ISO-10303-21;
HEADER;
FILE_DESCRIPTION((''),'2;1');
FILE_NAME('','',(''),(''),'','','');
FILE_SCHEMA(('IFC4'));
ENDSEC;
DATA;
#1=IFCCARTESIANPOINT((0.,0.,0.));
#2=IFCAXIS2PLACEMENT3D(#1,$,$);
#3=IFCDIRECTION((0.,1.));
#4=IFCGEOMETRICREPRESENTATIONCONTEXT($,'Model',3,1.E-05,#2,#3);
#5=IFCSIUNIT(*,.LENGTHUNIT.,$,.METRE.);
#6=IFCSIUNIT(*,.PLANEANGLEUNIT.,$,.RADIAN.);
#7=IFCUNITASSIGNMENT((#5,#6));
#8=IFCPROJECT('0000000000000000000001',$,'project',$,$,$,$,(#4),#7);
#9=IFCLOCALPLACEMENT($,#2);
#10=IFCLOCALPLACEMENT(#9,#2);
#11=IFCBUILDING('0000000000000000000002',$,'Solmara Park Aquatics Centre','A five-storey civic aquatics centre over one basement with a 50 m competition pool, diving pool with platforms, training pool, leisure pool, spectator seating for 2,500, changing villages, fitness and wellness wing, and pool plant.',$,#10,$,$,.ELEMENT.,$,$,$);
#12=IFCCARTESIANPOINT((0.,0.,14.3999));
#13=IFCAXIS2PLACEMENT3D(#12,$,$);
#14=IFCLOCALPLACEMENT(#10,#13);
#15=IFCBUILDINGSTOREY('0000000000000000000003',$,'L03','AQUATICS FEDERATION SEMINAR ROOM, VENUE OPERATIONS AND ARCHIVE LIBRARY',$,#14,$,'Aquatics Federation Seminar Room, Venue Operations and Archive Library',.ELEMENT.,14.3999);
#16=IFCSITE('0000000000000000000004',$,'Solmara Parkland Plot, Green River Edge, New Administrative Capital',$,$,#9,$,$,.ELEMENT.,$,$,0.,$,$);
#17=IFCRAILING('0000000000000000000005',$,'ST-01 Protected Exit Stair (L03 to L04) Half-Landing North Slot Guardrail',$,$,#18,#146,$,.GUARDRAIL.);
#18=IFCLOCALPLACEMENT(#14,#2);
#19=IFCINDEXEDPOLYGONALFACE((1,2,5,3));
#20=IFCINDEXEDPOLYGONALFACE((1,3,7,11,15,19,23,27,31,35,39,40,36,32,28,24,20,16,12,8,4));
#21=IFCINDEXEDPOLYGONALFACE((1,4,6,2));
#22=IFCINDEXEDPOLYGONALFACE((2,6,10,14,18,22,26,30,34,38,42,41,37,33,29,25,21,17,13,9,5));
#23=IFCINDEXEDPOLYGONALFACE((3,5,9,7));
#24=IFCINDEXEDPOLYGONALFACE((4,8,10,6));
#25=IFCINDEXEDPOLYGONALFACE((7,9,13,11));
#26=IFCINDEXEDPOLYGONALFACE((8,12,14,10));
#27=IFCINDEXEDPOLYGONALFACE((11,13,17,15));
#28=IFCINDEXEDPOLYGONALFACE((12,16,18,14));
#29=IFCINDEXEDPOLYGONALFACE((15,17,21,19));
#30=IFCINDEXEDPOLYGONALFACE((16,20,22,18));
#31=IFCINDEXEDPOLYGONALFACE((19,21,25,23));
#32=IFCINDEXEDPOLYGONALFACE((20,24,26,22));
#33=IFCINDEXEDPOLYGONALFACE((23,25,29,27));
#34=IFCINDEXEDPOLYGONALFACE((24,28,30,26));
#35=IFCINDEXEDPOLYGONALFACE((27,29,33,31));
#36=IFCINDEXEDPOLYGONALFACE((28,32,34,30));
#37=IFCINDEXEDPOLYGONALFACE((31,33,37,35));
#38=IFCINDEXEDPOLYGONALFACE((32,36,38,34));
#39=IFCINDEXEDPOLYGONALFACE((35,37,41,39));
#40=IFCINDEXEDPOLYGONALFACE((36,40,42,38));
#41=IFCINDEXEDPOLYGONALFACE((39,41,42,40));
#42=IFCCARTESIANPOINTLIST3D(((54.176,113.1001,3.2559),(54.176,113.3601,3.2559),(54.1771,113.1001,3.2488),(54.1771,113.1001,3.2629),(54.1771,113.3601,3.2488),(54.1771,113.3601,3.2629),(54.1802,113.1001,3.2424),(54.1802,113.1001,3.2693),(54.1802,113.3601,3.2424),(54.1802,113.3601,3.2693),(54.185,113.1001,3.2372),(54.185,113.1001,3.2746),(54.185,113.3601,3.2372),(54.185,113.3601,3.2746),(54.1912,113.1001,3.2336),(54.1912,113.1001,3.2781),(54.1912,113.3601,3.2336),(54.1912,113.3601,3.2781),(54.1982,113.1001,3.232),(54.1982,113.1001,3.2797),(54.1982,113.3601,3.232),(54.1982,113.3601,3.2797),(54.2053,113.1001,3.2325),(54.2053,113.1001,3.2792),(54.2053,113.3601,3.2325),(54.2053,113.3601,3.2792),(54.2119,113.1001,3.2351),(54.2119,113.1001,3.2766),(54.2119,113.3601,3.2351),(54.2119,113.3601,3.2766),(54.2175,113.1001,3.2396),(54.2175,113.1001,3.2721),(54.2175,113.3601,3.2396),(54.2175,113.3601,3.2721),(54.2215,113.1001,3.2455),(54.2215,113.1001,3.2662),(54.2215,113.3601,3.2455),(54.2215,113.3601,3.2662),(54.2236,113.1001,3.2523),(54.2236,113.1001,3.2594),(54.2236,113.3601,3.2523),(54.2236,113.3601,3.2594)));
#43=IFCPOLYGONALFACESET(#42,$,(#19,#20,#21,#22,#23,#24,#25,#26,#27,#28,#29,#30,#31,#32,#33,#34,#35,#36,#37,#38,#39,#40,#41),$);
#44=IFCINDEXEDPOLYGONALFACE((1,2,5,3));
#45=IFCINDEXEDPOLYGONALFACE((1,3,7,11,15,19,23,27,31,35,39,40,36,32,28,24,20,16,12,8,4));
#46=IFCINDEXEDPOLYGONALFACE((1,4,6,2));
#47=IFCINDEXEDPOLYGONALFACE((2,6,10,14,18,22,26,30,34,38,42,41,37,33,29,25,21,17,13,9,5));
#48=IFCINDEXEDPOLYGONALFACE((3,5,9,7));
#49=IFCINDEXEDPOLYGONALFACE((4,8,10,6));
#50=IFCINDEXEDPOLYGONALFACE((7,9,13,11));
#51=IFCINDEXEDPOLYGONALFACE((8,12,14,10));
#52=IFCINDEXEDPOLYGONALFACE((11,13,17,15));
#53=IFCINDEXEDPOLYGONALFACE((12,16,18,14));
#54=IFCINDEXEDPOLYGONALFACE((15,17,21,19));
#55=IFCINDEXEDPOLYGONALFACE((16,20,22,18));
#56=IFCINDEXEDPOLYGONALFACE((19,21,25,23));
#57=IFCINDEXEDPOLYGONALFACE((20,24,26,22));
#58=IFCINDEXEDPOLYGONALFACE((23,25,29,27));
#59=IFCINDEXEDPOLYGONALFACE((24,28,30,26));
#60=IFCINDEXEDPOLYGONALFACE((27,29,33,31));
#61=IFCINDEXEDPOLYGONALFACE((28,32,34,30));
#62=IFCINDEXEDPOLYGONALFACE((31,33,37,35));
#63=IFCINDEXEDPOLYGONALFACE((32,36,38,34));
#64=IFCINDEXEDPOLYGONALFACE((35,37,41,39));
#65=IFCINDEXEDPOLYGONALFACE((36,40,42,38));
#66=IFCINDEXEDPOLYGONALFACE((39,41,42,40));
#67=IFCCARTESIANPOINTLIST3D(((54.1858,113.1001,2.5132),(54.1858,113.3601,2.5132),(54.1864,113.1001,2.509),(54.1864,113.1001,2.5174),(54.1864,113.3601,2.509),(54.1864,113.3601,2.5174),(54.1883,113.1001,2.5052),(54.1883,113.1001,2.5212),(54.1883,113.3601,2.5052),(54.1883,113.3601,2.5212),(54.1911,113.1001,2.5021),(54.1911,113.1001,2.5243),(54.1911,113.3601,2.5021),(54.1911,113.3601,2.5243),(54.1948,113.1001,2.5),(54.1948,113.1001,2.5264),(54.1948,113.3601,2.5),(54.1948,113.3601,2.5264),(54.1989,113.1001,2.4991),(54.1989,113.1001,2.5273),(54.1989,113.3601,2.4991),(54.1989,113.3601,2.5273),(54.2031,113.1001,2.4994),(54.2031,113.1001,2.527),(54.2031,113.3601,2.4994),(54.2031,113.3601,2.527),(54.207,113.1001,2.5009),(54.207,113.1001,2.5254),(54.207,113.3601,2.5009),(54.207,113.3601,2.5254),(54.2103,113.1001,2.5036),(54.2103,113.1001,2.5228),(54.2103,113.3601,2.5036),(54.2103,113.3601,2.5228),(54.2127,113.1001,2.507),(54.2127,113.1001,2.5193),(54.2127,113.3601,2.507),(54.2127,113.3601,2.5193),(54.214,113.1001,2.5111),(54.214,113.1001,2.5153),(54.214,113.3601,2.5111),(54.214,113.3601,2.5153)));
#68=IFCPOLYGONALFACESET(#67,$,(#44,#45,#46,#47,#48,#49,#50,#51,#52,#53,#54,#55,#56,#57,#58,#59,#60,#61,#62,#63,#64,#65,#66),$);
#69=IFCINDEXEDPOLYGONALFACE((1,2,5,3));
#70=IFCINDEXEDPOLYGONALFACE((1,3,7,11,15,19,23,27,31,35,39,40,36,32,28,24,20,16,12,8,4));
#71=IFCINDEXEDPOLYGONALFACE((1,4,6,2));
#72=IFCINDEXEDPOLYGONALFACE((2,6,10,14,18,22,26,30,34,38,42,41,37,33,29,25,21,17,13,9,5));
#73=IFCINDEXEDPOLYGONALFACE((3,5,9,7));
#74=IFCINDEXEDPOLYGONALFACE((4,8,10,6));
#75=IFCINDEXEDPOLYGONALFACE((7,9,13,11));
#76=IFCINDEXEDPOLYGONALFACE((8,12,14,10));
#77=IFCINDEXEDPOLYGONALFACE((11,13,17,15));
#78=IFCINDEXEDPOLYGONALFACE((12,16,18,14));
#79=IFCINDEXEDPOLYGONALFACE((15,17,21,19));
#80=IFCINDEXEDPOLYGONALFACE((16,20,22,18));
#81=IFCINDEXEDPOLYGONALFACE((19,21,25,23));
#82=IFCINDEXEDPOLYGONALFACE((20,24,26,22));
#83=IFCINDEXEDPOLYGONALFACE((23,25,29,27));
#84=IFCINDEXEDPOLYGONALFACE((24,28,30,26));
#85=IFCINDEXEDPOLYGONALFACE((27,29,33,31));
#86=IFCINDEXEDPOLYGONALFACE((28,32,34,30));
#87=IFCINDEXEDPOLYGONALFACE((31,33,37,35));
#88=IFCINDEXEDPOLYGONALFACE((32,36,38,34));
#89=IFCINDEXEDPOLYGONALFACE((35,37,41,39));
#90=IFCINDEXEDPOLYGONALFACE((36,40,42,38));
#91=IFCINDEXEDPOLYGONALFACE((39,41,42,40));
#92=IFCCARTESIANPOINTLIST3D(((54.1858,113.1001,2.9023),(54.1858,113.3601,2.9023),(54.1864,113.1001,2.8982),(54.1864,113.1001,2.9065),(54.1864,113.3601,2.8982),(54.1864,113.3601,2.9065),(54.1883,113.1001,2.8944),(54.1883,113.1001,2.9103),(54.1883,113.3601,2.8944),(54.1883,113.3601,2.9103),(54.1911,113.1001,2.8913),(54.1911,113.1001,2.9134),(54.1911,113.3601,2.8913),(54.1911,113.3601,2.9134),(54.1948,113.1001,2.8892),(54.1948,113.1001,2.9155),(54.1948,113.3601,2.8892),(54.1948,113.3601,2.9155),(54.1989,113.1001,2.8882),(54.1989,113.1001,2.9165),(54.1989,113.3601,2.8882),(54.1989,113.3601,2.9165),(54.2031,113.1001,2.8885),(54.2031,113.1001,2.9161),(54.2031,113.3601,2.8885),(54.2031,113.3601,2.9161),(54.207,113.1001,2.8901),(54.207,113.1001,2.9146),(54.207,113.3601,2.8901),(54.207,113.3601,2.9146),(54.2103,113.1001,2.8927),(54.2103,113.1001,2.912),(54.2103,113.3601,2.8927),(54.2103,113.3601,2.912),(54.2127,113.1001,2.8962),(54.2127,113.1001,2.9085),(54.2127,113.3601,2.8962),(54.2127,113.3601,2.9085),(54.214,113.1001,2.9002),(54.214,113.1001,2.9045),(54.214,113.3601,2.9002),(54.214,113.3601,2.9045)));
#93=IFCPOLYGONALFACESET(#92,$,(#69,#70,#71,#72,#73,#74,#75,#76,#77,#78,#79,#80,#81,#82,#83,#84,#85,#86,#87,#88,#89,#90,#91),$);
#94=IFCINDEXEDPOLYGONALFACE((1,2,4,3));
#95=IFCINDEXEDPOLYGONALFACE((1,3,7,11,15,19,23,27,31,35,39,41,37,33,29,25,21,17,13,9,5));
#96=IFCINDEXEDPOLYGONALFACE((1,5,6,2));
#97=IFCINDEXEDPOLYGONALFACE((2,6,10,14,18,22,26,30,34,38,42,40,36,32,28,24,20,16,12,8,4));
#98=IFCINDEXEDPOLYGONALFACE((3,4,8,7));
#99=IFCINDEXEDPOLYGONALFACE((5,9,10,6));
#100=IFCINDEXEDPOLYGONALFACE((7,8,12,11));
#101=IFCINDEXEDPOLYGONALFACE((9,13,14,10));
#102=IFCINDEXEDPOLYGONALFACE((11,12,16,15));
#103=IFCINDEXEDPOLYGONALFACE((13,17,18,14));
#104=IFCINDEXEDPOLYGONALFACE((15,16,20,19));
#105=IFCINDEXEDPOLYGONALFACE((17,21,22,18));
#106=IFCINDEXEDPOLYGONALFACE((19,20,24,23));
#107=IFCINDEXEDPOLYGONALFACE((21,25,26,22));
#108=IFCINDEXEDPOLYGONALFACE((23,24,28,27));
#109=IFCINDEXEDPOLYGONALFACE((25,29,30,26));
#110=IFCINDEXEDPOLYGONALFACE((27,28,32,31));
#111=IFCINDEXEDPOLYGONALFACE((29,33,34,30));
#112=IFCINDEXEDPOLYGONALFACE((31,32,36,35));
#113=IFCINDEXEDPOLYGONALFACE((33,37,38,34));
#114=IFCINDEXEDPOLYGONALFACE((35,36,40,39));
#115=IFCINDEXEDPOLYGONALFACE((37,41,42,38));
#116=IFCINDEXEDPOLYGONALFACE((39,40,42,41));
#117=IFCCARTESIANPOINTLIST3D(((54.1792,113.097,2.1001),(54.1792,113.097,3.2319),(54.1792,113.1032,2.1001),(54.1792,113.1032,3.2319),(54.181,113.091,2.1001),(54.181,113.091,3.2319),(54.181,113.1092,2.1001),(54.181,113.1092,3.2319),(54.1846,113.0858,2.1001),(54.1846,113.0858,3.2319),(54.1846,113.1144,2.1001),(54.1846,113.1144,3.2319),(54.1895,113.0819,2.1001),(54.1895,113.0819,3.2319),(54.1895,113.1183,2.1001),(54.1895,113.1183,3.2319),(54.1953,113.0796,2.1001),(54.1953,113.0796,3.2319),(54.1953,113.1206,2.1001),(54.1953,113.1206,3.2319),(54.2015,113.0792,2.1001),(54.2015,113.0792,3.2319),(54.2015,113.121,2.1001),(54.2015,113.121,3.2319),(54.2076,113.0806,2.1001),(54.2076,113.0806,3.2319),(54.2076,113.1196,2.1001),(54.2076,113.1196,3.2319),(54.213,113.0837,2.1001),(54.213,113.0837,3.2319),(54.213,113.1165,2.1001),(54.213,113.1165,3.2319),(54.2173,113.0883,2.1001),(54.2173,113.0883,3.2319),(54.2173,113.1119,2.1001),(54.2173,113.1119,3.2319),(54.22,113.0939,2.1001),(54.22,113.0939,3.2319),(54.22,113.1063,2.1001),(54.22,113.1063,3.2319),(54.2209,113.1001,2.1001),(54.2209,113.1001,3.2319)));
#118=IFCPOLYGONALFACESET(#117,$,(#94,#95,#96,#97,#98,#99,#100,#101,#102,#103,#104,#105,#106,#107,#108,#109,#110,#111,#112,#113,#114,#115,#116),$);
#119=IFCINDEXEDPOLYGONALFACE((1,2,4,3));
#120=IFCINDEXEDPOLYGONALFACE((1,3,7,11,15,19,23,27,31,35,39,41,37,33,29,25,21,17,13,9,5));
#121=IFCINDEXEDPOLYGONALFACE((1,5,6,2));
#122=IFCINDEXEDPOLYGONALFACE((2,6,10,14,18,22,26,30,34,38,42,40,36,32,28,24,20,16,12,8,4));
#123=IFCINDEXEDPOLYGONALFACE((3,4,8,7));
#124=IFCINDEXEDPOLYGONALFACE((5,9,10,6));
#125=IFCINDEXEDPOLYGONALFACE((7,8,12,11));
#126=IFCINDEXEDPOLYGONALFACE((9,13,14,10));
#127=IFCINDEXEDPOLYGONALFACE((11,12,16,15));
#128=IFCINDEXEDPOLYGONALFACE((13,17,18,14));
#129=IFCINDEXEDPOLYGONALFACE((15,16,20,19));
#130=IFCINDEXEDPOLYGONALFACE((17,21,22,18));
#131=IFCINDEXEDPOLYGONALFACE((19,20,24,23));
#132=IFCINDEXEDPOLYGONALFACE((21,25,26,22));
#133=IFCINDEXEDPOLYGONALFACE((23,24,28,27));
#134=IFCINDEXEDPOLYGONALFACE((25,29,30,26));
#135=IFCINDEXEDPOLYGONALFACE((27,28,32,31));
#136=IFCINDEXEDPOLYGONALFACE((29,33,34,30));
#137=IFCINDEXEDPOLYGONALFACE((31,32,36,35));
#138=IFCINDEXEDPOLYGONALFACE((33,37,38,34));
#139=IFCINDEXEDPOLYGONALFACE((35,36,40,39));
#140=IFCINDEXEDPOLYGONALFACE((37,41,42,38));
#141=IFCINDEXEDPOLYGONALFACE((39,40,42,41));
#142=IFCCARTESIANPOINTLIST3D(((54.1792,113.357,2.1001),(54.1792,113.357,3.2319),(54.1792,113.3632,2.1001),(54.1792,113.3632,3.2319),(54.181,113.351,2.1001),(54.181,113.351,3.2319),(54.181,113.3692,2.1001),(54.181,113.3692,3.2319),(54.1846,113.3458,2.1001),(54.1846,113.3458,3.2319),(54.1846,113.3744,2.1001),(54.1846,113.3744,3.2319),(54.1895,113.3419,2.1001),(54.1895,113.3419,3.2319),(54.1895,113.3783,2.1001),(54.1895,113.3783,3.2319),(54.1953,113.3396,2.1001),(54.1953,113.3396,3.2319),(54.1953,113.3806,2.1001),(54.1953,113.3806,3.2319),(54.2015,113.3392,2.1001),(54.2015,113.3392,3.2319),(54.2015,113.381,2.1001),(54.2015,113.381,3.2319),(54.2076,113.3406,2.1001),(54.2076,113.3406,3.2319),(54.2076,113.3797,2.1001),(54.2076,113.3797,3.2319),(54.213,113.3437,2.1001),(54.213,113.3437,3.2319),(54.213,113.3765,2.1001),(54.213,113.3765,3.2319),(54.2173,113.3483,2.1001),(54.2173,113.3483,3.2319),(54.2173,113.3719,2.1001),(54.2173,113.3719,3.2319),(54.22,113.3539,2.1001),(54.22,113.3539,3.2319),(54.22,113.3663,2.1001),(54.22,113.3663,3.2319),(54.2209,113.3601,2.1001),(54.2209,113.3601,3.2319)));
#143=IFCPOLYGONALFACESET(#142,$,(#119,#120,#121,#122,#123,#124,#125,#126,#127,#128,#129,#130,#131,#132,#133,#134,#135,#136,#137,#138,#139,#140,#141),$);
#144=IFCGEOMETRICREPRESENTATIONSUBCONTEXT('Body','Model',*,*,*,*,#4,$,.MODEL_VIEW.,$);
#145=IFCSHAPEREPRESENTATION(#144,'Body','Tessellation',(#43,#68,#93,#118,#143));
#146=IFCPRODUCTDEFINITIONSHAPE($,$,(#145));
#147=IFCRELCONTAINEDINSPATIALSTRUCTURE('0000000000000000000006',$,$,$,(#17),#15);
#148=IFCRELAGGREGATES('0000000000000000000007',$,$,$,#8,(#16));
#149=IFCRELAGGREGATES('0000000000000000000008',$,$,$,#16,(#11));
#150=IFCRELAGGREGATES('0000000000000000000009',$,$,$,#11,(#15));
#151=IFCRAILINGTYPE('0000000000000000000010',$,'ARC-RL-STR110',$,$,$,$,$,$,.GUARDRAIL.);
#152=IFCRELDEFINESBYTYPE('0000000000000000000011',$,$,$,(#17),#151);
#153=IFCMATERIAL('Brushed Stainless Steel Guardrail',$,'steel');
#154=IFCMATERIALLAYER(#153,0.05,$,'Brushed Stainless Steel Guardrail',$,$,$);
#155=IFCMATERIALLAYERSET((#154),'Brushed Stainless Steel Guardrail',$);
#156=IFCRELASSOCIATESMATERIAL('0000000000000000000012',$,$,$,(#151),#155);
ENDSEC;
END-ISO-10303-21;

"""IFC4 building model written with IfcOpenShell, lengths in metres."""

from ifc_helpers import new_model, si_unit, direction, frame, origin, origin_2d, place, context, subcontext, project, spatial, circle, extrude, material, layer, layer_set, type_object, element, save


model = new_model("IFC4")

# Units and contexts
model_context = context("Model", 3, precision=1e-05, world=origin(), true_north=direction((0.0, 1.0)))
body_context = subcontext(model_context, "Body", "Model", "MODEL_VIEW")
ifc_project = project(units=[si_unit("LENGTHUNIT", "METRE"), si_unit("PLANEANGLEUNIT", "RADIAN")], contexts=[model_context])

# Site, building, storey
site_placement = place(None, origin())
site = spatial("IfcSite", under=ifc_project, at=site_placement, Name="Solmara Parkland Plot, Green River Edge, New Administrative Capital", CompositionType="ELEMENT", RefElevation=0.0)
building_placement = place(site_placement, origin())
building = spatial("IfcBuilding", under=site, at=building_placement, Name="Solmara Park Aquatics Centre", Description="A five-storey civic aquatics centre over one basement with a 50 m competition pool, diving pool with platforms, training pool, leisure pool, spectator seating for 2,500, changing villages, fitness and wellness wing, and pool plant.", CompositionType="ELEMENT")
storey_placement = place(building_placement, frame((0.0, 0.0, 14.3999)))
storey = spatial("IfcBuildingStorey", under=building, at=storey_placement, Name="L03", Description="AQUATICS FEDERATION SEMINAR ROOM, VENUE OPERATIONS AND ARCHIVE LIBRARY", LongName="Aquatics Federation Seminar Room, Venue Operations and Archive Library", CompositionType="ELEMENT", Elevation=14.3999)

# Railing
ifc_material_1 = material(Name="Brushed Stainless Steel Guardrail", Category="steel")
ifc_layer_1 = layer(ifc_material_1, 0.05, Name="Brushed Stainless Steel Guardrail")
ifc_layer_set_1 = layer_set([ifc_layer_1], Name="Brushed Stainless Steel Guardrail")
railing_type = type_object("IfcRailingType", Name="ARC-RL-STR110", PredefinedType="GUARDRAIL", material=ifc_layer_set_1)
railing_placement = place(storey_placement, frame((54.2, 113.1001, 2.1001)))
element("IfcRailing", 1, at=railing_placement, inside=storey, type_object=railing_type, Name="ST-01 Protected Exit Stair (L03 to L04) Half-Landing North Slot Guardrail", PredefinedType="GUARDRAIL", context=body_context, shape_type="SweptSolid", body=[
    extrude(circle(Radius=0.0239, at=origin_2d()), frame((0.0, 0.0, 1.1558), z_axis=(0.0, 1.0, 0.0), x_axis=(-1.0, 0.0, 0.0)), (0.0, 0.0, 1.0), 0.26),
    extrude(circle(Radius=0.0142, at=origin_2d()), frame((0.0, 0.0, 0.4131), z_axis=(0.0, 1.0, 0.0), x_axis=(-1.0, 0.0, 0.0)), (0.0, 0.0, 1.0), 0.26),
    extrude(circle(Radius=0.0142, at=origin_2d()), frame((0.0, 0.0, 0.8022), z_axis=(0.0, 1.0, 0.0), x_axis=(-1.0, 0.0, 0.0)), (0.0, 0.0, 1.0), 0.26),
    extrude(circle(Radius=0.021, at=origin_2d()), origin(), (0.0, 0.0, 1.0), 1.1318),
    extrude(circle(Radius=0.021, at=origin_2d()), frame((0.0, 0.26, 0.0)), (0.0, 0.0, 1.0), 1.1318),
])

save(model, "model.ifc")
